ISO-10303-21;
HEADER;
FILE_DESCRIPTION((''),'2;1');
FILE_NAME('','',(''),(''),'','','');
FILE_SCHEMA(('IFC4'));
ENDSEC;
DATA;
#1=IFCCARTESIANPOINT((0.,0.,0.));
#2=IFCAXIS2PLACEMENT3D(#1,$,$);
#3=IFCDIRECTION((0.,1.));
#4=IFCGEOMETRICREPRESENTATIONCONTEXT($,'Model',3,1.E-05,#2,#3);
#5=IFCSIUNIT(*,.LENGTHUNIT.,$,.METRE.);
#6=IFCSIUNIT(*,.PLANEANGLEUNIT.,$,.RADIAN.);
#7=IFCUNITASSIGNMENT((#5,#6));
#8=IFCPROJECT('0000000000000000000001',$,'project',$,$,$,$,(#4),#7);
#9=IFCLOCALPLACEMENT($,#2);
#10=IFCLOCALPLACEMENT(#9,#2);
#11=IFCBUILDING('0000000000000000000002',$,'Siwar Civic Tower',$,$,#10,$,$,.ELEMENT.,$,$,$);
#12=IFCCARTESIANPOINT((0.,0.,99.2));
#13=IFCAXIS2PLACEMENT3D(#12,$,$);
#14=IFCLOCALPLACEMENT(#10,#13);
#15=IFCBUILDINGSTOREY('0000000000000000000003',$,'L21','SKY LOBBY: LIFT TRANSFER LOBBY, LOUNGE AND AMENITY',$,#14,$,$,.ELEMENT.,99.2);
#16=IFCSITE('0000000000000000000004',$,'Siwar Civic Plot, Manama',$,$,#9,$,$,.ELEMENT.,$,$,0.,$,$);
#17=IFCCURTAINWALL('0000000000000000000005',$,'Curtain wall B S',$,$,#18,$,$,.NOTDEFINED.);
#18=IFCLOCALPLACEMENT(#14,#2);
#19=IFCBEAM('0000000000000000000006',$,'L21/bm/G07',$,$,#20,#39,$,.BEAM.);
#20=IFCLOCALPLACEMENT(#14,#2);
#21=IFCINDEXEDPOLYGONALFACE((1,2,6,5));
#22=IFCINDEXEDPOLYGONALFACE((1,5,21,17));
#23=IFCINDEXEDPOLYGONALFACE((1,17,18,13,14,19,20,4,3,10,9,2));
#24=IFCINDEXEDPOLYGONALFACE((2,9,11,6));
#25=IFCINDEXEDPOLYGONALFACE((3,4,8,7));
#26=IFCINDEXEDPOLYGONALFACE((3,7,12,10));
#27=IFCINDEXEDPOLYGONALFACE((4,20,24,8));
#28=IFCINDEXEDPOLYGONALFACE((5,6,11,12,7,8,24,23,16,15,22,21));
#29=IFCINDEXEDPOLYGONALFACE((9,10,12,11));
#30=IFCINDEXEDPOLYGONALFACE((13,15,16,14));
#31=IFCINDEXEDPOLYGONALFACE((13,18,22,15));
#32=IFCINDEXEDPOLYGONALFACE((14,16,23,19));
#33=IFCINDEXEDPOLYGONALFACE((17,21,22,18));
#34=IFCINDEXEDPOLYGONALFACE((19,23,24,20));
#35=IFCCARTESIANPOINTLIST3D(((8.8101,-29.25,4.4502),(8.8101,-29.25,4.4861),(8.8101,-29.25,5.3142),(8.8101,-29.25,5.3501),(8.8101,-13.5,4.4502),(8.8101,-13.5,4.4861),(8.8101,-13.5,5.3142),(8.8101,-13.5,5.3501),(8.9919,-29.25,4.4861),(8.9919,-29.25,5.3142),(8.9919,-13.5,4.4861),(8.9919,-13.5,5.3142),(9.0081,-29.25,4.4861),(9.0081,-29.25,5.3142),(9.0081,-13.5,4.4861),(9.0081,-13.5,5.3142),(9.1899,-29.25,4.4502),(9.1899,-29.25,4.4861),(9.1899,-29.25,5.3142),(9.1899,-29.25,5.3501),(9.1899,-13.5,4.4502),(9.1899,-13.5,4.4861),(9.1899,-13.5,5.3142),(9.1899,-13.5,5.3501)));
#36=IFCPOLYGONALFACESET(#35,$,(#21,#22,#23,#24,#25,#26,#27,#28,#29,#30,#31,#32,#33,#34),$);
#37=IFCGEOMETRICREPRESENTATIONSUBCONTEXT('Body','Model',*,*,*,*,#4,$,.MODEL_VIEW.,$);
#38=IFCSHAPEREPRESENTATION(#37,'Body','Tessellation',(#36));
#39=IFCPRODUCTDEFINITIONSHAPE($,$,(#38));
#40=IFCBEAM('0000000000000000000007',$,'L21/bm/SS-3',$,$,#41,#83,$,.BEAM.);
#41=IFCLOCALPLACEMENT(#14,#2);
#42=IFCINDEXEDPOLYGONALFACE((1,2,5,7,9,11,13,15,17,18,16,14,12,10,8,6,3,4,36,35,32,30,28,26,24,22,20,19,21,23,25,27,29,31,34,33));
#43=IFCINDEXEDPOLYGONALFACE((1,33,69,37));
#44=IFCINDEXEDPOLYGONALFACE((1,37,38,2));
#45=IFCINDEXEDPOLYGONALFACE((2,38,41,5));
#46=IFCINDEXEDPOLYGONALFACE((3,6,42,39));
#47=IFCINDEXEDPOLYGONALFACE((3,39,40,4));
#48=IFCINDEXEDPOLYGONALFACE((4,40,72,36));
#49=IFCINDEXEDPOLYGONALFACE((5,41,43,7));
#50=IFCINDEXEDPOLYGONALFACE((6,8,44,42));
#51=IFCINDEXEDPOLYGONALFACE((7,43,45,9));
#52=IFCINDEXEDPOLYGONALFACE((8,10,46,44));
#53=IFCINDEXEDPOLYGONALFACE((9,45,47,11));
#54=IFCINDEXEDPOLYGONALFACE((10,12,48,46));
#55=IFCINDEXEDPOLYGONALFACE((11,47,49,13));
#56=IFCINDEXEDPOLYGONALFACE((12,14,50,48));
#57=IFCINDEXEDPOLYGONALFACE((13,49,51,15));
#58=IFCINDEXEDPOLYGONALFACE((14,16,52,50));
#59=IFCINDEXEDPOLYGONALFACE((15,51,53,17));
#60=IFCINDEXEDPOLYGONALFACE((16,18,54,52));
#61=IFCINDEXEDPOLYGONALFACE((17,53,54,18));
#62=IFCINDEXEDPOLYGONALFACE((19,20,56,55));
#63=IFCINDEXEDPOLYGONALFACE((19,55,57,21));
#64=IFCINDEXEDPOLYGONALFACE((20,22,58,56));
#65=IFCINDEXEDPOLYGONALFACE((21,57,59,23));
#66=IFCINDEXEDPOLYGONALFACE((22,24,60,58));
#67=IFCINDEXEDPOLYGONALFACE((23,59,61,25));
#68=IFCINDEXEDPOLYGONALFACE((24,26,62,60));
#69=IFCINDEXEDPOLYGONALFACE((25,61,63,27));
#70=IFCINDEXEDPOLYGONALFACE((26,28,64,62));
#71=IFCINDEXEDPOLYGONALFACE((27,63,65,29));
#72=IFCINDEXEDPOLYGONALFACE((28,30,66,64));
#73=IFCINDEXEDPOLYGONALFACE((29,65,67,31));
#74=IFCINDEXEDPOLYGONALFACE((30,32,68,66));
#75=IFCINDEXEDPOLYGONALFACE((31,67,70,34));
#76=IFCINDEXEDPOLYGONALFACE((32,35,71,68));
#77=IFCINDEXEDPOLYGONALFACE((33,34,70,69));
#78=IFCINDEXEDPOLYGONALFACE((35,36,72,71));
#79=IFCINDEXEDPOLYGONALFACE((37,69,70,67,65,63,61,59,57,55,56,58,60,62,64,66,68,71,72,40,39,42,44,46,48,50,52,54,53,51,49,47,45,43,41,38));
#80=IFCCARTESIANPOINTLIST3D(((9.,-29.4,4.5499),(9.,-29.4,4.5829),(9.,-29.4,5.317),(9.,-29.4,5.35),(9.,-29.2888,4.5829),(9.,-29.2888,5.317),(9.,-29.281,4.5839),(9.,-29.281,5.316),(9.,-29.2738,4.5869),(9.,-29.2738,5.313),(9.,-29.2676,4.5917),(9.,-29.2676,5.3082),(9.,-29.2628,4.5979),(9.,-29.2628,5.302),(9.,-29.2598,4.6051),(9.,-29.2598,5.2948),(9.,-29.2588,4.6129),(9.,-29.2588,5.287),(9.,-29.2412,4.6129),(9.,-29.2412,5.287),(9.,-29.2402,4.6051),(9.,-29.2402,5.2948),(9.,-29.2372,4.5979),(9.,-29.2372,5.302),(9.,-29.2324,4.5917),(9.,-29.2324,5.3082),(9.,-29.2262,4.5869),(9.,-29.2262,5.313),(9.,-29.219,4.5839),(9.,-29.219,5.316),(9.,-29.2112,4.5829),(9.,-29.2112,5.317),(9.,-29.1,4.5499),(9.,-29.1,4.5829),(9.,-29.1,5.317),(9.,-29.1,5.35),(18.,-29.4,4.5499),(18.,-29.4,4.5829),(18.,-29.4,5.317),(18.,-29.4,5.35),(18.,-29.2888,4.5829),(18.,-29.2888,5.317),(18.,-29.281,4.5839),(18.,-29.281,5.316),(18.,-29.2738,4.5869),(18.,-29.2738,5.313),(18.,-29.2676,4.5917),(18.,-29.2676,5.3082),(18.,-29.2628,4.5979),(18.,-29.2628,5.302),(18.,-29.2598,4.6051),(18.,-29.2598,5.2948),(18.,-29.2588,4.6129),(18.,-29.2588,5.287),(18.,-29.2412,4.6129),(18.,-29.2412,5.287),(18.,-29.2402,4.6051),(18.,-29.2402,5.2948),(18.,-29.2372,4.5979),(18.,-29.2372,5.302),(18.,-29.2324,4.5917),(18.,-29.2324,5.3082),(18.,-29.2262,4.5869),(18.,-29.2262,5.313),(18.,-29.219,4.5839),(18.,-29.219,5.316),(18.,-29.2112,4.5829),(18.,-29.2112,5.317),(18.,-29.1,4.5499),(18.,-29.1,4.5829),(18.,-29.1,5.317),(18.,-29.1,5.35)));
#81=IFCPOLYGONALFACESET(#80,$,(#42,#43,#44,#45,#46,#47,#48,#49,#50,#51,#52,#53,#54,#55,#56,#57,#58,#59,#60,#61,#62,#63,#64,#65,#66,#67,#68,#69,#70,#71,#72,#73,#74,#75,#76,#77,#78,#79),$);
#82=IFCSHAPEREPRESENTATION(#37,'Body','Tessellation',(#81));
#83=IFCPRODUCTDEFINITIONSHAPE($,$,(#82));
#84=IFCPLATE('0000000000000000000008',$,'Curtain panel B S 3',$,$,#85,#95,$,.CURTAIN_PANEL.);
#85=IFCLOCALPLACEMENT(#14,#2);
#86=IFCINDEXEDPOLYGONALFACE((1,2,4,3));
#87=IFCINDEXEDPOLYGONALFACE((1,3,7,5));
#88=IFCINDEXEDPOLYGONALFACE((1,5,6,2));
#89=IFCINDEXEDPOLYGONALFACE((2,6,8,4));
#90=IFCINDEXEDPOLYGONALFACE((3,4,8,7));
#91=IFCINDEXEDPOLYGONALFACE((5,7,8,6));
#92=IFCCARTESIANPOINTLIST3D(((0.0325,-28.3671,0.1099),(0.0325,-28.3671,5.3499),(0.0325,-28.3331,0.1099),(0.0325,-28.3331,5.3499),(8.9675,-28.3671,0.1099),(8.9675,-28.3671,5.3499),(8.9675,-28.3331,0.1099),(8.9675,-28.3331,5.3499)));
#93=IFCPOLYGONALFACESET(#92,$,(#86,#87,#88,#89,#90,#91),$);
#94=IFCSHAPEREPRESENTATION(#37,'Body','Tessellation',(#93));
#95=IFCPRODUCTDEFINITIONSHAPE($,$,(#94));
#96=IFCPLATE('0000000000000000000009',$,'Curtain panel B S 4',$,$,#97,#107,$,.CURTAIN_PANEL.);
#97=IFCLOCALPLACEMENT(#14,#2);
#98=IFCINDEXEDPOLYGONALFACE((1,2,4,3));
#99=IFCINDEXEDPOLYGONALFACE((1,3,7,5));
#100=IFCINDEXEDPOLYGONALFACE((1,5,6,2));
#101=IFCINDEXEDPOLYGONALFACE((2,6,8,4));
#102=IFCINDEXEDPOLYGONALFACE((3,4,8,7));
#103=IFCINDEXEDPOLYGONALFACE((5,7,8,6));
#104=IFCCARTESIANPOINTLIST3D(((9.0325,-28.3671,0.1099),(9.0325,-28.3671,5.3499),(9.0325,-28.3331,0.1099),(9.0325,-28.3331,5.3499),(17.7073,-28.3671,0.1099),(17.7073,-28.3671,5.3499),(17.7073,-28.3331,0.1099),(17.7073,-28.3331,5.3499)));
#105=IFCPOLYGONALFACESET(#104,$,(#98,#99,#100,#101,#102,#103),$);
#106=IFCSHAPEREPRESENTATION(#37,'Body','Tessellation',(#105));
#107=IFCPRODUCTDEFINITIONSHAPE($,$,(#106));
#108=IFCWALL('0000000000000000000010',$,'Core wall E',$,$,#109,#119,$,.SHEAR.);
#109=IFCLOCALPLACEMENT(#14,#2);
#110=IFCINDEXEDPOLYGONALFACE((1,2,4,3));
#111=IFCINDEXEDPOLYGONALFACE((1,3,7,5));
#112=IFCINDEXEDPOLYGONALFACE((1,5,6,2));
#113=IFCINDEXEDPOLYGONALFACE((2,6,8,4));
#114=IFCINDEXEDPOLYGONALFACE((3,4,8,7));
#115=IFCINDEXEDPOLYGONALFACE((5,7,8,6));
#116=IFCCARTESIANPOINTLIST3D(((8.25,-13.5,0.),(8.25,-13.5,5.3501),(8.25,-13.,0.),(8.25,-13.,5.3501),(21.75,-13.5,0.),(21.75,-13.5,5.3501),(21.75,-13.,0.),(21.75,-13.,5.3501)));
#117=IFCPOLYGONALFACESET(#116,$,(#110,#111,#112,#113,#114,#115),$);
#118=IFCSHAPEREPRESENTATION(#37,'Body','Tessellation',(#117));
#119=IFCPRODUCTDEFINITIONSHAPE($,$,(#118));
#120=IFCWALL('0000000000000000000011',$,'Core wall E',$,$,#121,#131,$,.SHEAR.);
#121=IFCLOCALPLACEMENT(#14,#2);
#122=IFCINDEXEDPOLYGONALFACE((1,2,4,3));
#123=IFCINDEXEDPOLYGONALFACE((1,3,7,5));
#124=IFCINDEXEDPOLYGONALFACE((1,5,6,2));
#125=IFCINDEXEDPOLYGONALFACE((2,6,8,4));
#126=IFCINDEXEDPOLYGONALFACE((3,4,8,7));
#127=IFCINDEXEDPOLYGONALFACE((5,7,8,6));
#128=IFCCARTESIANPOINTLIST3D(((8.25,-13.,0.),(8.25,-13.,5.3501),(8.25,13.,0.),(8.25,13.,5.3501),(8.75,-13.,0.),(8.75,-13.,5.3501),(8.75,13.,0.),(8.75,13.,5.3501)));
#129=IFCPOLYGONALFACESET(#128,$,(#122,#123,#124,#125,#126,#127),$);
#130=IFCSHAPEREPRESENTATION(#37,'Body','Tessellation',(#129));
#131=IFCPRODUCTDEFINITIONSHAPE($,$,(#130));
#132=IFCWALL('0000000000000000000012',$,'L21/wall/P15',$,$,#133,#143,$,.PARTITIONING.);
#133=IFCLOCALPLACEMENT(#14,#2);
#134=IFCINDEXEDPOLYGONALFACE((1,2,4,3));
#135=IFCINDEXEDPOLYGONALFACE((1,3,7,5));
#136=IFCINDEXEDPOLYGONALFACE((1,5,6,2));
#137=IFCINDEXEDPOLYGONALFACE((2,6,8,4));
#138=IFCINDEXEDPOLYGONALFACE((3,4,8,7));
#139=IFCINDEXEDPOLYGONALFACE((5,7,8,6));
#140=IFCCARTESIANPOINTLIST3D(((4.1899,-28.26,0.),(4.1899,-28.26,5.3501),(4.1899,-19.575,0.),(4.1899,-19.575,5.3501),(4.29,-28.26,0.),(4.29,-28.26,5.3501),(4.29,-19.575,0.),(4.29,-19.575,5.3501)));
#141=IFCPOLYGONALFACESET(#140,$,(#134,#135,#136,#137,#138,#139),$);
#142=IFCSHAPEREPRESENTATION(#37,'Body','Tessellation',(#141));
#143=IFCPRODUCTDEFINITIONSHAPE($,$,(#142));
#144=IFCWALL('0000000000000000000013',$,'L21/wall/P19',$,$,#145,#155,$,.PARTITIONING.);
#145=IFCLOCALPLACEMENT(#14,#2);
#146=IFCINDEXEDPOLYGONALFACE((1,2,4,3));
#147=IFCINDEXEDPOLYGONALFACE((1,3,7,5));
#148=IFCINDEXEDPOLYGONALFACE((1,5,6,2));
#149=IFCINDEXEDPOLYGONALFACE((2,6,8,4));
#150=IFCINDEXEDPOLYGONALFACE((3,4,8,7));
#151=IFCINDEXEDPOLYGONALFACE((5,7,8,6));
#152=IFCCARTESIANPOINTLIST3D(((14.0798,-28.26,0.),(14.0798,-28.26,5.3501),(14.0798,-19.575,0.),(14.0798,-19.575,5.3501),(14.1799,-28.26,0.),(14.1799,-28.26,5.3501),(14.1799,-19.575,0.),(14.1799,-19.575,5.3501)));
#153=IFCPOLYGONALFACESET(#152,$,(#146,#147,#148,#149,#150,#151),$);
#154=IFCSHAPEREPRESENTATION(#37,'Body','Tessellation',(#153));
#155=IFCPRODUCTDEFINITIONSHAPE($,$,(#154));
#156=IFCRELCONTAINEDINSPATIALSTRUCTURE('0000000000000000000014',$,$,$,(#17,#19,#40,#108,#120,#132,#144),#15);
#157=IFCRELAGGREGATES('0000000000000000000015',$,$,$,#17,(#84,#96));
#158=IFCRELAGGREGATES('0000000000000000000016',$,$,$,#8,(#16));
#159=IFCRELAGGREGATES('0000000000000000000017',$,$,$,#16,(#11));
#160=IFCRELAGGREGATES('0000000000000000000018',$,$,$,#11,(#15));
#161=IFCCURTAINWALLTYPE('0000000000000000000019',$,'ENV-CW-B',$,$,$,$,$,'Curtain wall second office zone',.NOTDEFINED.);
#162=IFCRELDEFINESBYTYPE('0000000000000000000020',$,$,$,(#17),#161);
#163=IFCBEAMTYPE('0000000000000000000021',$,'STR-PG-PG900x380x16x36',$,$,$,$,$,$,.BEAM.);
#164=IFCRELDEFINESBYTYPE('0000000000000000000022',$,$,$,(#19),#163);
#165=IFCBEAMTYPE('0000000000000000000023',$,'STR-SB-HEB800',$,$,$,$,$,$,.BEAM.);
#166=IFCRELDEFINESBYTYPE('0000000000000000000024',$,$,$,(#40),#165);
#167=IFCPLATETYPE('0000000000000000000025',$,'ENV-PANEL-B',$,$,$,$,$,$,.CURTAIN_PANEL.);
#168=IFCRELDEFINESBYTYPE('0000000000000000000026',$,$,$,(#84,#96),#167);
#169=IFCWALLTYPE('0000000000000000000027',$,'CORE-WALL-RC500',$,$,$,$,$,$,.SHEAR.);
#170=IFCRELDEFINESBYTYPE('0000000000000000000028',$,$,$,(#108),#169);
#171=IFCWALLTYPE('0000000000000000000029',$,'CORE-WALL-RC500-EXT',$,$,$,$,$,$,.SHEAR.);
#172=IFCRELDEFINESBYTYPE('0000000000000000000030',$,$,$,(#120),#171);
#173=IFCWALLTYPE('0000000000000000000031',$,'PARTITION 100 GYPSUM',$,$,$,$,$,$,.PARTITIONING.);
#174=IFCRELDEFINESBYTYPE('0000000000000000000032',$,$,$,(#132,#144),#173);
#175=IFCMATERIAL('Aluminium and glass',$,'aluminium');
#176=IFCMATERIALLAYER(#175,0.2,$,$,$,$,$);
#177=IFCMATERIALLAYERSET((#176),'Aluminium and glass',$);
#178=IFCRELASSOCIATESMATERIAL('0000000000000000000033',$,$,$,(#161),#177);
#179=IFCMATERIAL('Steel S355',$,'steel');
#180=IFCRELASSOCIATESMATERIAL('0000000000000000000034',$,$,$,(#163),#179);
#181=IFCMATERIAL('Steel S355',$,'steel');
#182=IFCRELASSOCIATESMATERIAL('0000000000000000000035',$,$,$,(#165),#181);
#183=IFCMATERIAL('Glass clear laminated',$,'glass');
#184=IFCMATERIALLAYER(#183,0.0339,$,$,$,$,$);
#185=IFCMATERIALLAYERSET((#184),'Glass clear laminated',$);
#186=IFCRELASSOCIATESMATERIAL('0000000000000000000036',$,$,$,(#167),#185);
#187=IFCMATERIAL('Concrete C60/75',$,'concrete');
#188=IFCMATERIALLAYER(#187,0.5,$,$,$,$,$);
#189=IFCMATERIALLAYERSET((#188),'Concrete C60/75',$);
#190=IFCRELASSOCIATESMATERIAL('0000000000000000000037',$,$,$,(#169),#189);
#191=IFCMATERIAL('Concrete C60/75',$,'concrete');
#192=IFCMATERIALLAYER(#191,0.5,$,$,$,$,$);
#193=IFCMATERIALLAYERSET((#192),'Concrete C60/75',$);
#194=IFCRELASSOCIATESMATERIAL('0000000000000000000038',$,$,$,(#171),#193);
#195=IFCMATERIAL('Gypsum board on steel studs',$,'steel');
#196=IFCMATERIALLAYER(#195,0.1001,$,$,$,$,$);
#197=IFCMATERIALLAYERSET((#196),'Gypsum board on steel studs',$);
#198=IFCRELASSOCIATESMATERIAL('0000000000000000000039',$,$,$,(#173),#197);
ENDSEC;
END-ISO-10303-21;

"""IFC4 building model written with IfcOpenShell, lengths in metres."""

from ifc_helpers import new_model, si_unit, direction, frame, frame_2d, origin, origin_2d, place, context, subcontext, project, spatial, rectangle, i_section, extrude, material, layer, layer_set, material_profile, profile_set, type_object, element, aggregate, save


model = new_model("IFC4")

# Units and contexts
model_context = context("Model", 3, precision=1e-05, world=origin(), true_north=direction((0.0, 1.0)))
body_context = subcontext(model_context, "Body", "Model", "MODEL_VIEW")
ifc_project = project(units=[si_unit("LENGTHUNIT", "METRE"), si_unit("PLANEANGLEUNIT", "RADIAN")], contexts=[model_context])

# Site, building, storey
site_placement = place(None, origin())
site = spatial("IfcSite", under=ifc_project, at=site_placement, Name="Siwar Civic Plot, Manama", CompositionType="ELEMENT", RefElevation=0.0)
building_placement = place(site_placement, origin())
building = spatial("IfcBuilding", under=site, at=building_placement, Name="Siwar Civic Tower", CompositionType="ELEMENT")
storey_placement = place(building_placement, frame((0.0, 0.0, 99.2)))
storey = spatial("IfcBuildingStorey", under=building, at=storey_placement, Name="L21", Description="SKY LOBBY: LIFT TRANSFER LOBBY, LOUNGE AND AMENITY", CompositionType="ELEMENT", Elevation=99.2)

# Curtain wall
ifc_material_1 = material(Name="Aluminium and glass", Category="aluminium")
ifc_layer_1 = layer(ifc_material_1, 0.2)
ifc_layer_set_1 = layer_set([ifc_layer_1], Name="Aluminium and glass")
curtain_wall_type = type_object("IfcCurtainWallType", Name="ENV-CW-B", ElementType="Curtain wall second office zone", PredefinedType="NOTDEFINED", material=ifc_layer_set_1)
curtain_wall_placement = place(storey_placement, origin())
curtain_wall = element("IfcCurtainWall", 1, at=curtain_wall_placement, inside=storey, type_object=curtain_wall_type, Name="Curtain wall B S", PredefinedType="NOTDEFINED")

# Beams
ifc_material_2 = material(Name="Steel S355", Category="steel")
ifc_material_profile_1 = material_profile(ifc_material_2, i_section(OverallWidth=0.3799, OverallDepth=0.8999, WebThickness=0.0161, FlangeThickness=0.0359, at=origin_2d()), Name="PG900x380x16x36")
ifc_profile_set_1 = profile_set([ifc_material_profile_1], Name="Steel S355")
beam_type_1 = type_object("IfcBeamType", Name="STR-PG-PG900x380x16x36", PredefinedType="BEAM", material=ifc_profile_set_1)
beam_1_placement = place(storey_placement, frame((9.0, -29.25, 4.9001), z_axis=(0.0, 1.0, 0.0), x_axis=(-1.0, 0.0, 0.0)))
element("IfcBeam", 2, at=beam_1_placement, inside=storey, type_object=beam_type_1, Name="L21/bm/G07", PredefinedType="BEAM", context=body_context, shape_type="SweptSolid", body=[
    extrude(i_section(OverallWidth=0.3799, OverallDepth=0.8999, WebThickness=0.0161, FlangeThickness=0.0359, at=origin_2d()), origin(), (0.0, 0.0, 1.0), 15.75),
])
ifc_material_3 = material(Name="Steel S355", Category="steel")
ifc_material_profile_2 = material_profile(ifc_material_3, i_section(OverallWidth=0.3, OverallDepth=0.8, WebThickness=0.0176, FlangeThickness=0.033, FilletRadius=0.03, at=origin_2d()), Name="HEB800")
ifc_profile_set_2 = profile_set([ifc_material_profile_2], Name="Steel S355")
beam_type_2 = type_object("IfcBeamType", Name="STR-SB-HEB800", PredefinedType="BEAM", material=ifc_profile_set_2)
beam_2_placement = place(storey_placement, frame((9.0, -29.25, 4.95), z_axis=(1.0, 0.0, 0.0), x_axis=(0.0, 1.0, 0.0)))
element("IfcBeam", 3, at=beam_2_placement, inside=storey, type_object=beam_type_2, Name="L21/bm/SS-3", PredefinedType="BEAM", context=body_context, shape_type="SweptSolid", body=[
    extrude(i_section(OverallWidth=0.3, OverallDepth=0.8, WebThickness=0.0176, FlangeThickness=0.033, FilletRadius=0.03, at=origin_2d()), origin(), (0.0, 0.0, 1.0), 9.0),
])

# Plates
ifc_material_4 = material(Name="Glass clear laminated", Category="glass")
ifc_layer_2 = layer(ifc_material_4, 0.0339)
ifc_layer_set_2 = layer_set([ifc_layer_2], Name="Glass clear laminated")
plate_type = type_object("IfcPlateType", Name="ENV-PANEL-B", PredefinedType="CURTAIN_PANEL", material=ifc_layer_set_2)
plate_1_placement = place(storey_placement, frame((4.5, -28.3501, 0.1099), z_axis=(0.0, 0.0, 1.0), x_axis=(1.0, 0.0, 0.0)))
plate_1 = element("IfcPlate", 4, at=plate_1_placement, type_object=plate_type, Name="Curtain panel B S 3", PredefinedType="CURTAIN_PANEL", context=body_context, shape_type="SweptSolid", body=[
    extrude(rectangle(XDim=8.9351, YDim=0.0339, at=origin_2d()), origin(), (0.0, 0.0, 1.0), 5.24),
])
plate_2_placement = place(storey_placement, frame((13.3699, -28.3501, 0.1099), z_axis=(0.0, 0.0, 1.0), x_axis=(1.0, 0.0, 0.0)))
plate_2 = element("IfcPlate", 5, at=plate_2_placement, type_object=plate_type, Name="Curtain panel B S 4", PredefinedType="CURTAIN_PANEL", context=body_context, shape_type="SweptSolid", body=[
    extrude(rectangle(XDim=8.6748, YDim=0.0339, at=origin_2d()), origin(), (0.0, 0.0, 1.0), 5.24),
])
aggregate(curtain_wall, [plate_1, plate_2])

# Walls
ifc_material_5 = material(Name="Concrete C60/75", Category="concrete")
ifc_layer_3 = layer(ifc_material_5, 0.5)
ifc_layer_set_3 = layer_set([ifc_layer_3], Name="Concrete C60/75")
wall_type_1 = type_object("IfcWallType", Name="CORE-WALL-RC500", PredefinedType="SHEAR", material=ifc_layer_set_3)
wall_1_placement = place(storey_placement, frame((8.25, -13.25, 0.0), z_axis=(0.0, 0.0, 1.0), x_axis=(1.0, 0.0, 0.0)))
element("IfcWall", 6, at=wall_1_placement, inside=storey, type_object=wall_type_1, Name="Core wall E", PredefinedType="SHEAR", context=body_context, shape_type="SweptSolid", body=[
    extrude(rectangle(XDim=13.5, YDim=0.5, at=frame_2d((6.75, 0.0))), origin(), (0.0, 0.0, 1.0), 5.3501),
])
ifc_material_6 = material(Name="Concrete C60/75", Category="concrete")
ifc_layer_4 = layer(ifc_material_6, 0.5)
ifc_layer_set_4 = layer_set([ifc_layer_4], Name="Concrete C60/75")
wall_type_2 = type_object("IfcWallType", Name="CORE-WALL-RC500-EXT", PredefinedType="SHEAR", material=ifc_layer_set_4)
wall_2_placement = place(storey_placement, frame((8.5, -13.0, 0.0), z_axis=(0.0, 0.0, 1.0), x_axis=(0.0, 1.0, 0.0)))
element("IfcWall", 7, at=wall_2_placement, inside=storey, type_object=wall_type_2, Name="Core wall E", PredefinedType="SHEAR", context=body_context, shape_type="SweptSolid", body=[
    extrude(rectangle(XDim=26.0, YDim=0.5, at=frame_2d((13.0, 0.0))), origin(), (0.0, 0.0, 1.0), 5.3501),
])
ifc_material_7 = material(Name="Gypsum board on steel studs", Category="steel")
ifc_layer_5 = layer(ifc_material_7, 0.1001)
ifc_layer_set_5 = layer_set([ifc_layer_5], Name="Gypsum board on steel studs")
wall_type_3 = type_object("IfcWallType", Name="PARTITION 100 GYPSUM", PredefinedType="PARTITIONING", material=ifc_layer_set_5)
for number, where, z_axis, x_axis, name in (
    (8, (4.24, -28.26, 0.0), (0.0, 0.0, 1.0), (0.0, 1.0, 0.0), "L21/wall/P15"),
    (9, (14.1299, -28.26, 0.0), (0.0, 0.0, 1.0), (0.0, 1.0, 0.0), "L21/wall/P19"),
):
    element("IfcWall", number, at=place(storey_placement, frame(where, z_axis=z_axis, x_axis=x_axis)), inside=storey, type_object=wall_type_3, Name=name, PredefinedType="PARTITIONING", context=body_context, shape_type="SweptSolid", body=[
        extrude(rectangle(XDim=8.6851, YDim=0.1001, at=frame_2d((4.3425, 0.0))), origin(), (0.0, 0.0, 1.0), 5.3501),
    ])

save(model, "model.ifc")
